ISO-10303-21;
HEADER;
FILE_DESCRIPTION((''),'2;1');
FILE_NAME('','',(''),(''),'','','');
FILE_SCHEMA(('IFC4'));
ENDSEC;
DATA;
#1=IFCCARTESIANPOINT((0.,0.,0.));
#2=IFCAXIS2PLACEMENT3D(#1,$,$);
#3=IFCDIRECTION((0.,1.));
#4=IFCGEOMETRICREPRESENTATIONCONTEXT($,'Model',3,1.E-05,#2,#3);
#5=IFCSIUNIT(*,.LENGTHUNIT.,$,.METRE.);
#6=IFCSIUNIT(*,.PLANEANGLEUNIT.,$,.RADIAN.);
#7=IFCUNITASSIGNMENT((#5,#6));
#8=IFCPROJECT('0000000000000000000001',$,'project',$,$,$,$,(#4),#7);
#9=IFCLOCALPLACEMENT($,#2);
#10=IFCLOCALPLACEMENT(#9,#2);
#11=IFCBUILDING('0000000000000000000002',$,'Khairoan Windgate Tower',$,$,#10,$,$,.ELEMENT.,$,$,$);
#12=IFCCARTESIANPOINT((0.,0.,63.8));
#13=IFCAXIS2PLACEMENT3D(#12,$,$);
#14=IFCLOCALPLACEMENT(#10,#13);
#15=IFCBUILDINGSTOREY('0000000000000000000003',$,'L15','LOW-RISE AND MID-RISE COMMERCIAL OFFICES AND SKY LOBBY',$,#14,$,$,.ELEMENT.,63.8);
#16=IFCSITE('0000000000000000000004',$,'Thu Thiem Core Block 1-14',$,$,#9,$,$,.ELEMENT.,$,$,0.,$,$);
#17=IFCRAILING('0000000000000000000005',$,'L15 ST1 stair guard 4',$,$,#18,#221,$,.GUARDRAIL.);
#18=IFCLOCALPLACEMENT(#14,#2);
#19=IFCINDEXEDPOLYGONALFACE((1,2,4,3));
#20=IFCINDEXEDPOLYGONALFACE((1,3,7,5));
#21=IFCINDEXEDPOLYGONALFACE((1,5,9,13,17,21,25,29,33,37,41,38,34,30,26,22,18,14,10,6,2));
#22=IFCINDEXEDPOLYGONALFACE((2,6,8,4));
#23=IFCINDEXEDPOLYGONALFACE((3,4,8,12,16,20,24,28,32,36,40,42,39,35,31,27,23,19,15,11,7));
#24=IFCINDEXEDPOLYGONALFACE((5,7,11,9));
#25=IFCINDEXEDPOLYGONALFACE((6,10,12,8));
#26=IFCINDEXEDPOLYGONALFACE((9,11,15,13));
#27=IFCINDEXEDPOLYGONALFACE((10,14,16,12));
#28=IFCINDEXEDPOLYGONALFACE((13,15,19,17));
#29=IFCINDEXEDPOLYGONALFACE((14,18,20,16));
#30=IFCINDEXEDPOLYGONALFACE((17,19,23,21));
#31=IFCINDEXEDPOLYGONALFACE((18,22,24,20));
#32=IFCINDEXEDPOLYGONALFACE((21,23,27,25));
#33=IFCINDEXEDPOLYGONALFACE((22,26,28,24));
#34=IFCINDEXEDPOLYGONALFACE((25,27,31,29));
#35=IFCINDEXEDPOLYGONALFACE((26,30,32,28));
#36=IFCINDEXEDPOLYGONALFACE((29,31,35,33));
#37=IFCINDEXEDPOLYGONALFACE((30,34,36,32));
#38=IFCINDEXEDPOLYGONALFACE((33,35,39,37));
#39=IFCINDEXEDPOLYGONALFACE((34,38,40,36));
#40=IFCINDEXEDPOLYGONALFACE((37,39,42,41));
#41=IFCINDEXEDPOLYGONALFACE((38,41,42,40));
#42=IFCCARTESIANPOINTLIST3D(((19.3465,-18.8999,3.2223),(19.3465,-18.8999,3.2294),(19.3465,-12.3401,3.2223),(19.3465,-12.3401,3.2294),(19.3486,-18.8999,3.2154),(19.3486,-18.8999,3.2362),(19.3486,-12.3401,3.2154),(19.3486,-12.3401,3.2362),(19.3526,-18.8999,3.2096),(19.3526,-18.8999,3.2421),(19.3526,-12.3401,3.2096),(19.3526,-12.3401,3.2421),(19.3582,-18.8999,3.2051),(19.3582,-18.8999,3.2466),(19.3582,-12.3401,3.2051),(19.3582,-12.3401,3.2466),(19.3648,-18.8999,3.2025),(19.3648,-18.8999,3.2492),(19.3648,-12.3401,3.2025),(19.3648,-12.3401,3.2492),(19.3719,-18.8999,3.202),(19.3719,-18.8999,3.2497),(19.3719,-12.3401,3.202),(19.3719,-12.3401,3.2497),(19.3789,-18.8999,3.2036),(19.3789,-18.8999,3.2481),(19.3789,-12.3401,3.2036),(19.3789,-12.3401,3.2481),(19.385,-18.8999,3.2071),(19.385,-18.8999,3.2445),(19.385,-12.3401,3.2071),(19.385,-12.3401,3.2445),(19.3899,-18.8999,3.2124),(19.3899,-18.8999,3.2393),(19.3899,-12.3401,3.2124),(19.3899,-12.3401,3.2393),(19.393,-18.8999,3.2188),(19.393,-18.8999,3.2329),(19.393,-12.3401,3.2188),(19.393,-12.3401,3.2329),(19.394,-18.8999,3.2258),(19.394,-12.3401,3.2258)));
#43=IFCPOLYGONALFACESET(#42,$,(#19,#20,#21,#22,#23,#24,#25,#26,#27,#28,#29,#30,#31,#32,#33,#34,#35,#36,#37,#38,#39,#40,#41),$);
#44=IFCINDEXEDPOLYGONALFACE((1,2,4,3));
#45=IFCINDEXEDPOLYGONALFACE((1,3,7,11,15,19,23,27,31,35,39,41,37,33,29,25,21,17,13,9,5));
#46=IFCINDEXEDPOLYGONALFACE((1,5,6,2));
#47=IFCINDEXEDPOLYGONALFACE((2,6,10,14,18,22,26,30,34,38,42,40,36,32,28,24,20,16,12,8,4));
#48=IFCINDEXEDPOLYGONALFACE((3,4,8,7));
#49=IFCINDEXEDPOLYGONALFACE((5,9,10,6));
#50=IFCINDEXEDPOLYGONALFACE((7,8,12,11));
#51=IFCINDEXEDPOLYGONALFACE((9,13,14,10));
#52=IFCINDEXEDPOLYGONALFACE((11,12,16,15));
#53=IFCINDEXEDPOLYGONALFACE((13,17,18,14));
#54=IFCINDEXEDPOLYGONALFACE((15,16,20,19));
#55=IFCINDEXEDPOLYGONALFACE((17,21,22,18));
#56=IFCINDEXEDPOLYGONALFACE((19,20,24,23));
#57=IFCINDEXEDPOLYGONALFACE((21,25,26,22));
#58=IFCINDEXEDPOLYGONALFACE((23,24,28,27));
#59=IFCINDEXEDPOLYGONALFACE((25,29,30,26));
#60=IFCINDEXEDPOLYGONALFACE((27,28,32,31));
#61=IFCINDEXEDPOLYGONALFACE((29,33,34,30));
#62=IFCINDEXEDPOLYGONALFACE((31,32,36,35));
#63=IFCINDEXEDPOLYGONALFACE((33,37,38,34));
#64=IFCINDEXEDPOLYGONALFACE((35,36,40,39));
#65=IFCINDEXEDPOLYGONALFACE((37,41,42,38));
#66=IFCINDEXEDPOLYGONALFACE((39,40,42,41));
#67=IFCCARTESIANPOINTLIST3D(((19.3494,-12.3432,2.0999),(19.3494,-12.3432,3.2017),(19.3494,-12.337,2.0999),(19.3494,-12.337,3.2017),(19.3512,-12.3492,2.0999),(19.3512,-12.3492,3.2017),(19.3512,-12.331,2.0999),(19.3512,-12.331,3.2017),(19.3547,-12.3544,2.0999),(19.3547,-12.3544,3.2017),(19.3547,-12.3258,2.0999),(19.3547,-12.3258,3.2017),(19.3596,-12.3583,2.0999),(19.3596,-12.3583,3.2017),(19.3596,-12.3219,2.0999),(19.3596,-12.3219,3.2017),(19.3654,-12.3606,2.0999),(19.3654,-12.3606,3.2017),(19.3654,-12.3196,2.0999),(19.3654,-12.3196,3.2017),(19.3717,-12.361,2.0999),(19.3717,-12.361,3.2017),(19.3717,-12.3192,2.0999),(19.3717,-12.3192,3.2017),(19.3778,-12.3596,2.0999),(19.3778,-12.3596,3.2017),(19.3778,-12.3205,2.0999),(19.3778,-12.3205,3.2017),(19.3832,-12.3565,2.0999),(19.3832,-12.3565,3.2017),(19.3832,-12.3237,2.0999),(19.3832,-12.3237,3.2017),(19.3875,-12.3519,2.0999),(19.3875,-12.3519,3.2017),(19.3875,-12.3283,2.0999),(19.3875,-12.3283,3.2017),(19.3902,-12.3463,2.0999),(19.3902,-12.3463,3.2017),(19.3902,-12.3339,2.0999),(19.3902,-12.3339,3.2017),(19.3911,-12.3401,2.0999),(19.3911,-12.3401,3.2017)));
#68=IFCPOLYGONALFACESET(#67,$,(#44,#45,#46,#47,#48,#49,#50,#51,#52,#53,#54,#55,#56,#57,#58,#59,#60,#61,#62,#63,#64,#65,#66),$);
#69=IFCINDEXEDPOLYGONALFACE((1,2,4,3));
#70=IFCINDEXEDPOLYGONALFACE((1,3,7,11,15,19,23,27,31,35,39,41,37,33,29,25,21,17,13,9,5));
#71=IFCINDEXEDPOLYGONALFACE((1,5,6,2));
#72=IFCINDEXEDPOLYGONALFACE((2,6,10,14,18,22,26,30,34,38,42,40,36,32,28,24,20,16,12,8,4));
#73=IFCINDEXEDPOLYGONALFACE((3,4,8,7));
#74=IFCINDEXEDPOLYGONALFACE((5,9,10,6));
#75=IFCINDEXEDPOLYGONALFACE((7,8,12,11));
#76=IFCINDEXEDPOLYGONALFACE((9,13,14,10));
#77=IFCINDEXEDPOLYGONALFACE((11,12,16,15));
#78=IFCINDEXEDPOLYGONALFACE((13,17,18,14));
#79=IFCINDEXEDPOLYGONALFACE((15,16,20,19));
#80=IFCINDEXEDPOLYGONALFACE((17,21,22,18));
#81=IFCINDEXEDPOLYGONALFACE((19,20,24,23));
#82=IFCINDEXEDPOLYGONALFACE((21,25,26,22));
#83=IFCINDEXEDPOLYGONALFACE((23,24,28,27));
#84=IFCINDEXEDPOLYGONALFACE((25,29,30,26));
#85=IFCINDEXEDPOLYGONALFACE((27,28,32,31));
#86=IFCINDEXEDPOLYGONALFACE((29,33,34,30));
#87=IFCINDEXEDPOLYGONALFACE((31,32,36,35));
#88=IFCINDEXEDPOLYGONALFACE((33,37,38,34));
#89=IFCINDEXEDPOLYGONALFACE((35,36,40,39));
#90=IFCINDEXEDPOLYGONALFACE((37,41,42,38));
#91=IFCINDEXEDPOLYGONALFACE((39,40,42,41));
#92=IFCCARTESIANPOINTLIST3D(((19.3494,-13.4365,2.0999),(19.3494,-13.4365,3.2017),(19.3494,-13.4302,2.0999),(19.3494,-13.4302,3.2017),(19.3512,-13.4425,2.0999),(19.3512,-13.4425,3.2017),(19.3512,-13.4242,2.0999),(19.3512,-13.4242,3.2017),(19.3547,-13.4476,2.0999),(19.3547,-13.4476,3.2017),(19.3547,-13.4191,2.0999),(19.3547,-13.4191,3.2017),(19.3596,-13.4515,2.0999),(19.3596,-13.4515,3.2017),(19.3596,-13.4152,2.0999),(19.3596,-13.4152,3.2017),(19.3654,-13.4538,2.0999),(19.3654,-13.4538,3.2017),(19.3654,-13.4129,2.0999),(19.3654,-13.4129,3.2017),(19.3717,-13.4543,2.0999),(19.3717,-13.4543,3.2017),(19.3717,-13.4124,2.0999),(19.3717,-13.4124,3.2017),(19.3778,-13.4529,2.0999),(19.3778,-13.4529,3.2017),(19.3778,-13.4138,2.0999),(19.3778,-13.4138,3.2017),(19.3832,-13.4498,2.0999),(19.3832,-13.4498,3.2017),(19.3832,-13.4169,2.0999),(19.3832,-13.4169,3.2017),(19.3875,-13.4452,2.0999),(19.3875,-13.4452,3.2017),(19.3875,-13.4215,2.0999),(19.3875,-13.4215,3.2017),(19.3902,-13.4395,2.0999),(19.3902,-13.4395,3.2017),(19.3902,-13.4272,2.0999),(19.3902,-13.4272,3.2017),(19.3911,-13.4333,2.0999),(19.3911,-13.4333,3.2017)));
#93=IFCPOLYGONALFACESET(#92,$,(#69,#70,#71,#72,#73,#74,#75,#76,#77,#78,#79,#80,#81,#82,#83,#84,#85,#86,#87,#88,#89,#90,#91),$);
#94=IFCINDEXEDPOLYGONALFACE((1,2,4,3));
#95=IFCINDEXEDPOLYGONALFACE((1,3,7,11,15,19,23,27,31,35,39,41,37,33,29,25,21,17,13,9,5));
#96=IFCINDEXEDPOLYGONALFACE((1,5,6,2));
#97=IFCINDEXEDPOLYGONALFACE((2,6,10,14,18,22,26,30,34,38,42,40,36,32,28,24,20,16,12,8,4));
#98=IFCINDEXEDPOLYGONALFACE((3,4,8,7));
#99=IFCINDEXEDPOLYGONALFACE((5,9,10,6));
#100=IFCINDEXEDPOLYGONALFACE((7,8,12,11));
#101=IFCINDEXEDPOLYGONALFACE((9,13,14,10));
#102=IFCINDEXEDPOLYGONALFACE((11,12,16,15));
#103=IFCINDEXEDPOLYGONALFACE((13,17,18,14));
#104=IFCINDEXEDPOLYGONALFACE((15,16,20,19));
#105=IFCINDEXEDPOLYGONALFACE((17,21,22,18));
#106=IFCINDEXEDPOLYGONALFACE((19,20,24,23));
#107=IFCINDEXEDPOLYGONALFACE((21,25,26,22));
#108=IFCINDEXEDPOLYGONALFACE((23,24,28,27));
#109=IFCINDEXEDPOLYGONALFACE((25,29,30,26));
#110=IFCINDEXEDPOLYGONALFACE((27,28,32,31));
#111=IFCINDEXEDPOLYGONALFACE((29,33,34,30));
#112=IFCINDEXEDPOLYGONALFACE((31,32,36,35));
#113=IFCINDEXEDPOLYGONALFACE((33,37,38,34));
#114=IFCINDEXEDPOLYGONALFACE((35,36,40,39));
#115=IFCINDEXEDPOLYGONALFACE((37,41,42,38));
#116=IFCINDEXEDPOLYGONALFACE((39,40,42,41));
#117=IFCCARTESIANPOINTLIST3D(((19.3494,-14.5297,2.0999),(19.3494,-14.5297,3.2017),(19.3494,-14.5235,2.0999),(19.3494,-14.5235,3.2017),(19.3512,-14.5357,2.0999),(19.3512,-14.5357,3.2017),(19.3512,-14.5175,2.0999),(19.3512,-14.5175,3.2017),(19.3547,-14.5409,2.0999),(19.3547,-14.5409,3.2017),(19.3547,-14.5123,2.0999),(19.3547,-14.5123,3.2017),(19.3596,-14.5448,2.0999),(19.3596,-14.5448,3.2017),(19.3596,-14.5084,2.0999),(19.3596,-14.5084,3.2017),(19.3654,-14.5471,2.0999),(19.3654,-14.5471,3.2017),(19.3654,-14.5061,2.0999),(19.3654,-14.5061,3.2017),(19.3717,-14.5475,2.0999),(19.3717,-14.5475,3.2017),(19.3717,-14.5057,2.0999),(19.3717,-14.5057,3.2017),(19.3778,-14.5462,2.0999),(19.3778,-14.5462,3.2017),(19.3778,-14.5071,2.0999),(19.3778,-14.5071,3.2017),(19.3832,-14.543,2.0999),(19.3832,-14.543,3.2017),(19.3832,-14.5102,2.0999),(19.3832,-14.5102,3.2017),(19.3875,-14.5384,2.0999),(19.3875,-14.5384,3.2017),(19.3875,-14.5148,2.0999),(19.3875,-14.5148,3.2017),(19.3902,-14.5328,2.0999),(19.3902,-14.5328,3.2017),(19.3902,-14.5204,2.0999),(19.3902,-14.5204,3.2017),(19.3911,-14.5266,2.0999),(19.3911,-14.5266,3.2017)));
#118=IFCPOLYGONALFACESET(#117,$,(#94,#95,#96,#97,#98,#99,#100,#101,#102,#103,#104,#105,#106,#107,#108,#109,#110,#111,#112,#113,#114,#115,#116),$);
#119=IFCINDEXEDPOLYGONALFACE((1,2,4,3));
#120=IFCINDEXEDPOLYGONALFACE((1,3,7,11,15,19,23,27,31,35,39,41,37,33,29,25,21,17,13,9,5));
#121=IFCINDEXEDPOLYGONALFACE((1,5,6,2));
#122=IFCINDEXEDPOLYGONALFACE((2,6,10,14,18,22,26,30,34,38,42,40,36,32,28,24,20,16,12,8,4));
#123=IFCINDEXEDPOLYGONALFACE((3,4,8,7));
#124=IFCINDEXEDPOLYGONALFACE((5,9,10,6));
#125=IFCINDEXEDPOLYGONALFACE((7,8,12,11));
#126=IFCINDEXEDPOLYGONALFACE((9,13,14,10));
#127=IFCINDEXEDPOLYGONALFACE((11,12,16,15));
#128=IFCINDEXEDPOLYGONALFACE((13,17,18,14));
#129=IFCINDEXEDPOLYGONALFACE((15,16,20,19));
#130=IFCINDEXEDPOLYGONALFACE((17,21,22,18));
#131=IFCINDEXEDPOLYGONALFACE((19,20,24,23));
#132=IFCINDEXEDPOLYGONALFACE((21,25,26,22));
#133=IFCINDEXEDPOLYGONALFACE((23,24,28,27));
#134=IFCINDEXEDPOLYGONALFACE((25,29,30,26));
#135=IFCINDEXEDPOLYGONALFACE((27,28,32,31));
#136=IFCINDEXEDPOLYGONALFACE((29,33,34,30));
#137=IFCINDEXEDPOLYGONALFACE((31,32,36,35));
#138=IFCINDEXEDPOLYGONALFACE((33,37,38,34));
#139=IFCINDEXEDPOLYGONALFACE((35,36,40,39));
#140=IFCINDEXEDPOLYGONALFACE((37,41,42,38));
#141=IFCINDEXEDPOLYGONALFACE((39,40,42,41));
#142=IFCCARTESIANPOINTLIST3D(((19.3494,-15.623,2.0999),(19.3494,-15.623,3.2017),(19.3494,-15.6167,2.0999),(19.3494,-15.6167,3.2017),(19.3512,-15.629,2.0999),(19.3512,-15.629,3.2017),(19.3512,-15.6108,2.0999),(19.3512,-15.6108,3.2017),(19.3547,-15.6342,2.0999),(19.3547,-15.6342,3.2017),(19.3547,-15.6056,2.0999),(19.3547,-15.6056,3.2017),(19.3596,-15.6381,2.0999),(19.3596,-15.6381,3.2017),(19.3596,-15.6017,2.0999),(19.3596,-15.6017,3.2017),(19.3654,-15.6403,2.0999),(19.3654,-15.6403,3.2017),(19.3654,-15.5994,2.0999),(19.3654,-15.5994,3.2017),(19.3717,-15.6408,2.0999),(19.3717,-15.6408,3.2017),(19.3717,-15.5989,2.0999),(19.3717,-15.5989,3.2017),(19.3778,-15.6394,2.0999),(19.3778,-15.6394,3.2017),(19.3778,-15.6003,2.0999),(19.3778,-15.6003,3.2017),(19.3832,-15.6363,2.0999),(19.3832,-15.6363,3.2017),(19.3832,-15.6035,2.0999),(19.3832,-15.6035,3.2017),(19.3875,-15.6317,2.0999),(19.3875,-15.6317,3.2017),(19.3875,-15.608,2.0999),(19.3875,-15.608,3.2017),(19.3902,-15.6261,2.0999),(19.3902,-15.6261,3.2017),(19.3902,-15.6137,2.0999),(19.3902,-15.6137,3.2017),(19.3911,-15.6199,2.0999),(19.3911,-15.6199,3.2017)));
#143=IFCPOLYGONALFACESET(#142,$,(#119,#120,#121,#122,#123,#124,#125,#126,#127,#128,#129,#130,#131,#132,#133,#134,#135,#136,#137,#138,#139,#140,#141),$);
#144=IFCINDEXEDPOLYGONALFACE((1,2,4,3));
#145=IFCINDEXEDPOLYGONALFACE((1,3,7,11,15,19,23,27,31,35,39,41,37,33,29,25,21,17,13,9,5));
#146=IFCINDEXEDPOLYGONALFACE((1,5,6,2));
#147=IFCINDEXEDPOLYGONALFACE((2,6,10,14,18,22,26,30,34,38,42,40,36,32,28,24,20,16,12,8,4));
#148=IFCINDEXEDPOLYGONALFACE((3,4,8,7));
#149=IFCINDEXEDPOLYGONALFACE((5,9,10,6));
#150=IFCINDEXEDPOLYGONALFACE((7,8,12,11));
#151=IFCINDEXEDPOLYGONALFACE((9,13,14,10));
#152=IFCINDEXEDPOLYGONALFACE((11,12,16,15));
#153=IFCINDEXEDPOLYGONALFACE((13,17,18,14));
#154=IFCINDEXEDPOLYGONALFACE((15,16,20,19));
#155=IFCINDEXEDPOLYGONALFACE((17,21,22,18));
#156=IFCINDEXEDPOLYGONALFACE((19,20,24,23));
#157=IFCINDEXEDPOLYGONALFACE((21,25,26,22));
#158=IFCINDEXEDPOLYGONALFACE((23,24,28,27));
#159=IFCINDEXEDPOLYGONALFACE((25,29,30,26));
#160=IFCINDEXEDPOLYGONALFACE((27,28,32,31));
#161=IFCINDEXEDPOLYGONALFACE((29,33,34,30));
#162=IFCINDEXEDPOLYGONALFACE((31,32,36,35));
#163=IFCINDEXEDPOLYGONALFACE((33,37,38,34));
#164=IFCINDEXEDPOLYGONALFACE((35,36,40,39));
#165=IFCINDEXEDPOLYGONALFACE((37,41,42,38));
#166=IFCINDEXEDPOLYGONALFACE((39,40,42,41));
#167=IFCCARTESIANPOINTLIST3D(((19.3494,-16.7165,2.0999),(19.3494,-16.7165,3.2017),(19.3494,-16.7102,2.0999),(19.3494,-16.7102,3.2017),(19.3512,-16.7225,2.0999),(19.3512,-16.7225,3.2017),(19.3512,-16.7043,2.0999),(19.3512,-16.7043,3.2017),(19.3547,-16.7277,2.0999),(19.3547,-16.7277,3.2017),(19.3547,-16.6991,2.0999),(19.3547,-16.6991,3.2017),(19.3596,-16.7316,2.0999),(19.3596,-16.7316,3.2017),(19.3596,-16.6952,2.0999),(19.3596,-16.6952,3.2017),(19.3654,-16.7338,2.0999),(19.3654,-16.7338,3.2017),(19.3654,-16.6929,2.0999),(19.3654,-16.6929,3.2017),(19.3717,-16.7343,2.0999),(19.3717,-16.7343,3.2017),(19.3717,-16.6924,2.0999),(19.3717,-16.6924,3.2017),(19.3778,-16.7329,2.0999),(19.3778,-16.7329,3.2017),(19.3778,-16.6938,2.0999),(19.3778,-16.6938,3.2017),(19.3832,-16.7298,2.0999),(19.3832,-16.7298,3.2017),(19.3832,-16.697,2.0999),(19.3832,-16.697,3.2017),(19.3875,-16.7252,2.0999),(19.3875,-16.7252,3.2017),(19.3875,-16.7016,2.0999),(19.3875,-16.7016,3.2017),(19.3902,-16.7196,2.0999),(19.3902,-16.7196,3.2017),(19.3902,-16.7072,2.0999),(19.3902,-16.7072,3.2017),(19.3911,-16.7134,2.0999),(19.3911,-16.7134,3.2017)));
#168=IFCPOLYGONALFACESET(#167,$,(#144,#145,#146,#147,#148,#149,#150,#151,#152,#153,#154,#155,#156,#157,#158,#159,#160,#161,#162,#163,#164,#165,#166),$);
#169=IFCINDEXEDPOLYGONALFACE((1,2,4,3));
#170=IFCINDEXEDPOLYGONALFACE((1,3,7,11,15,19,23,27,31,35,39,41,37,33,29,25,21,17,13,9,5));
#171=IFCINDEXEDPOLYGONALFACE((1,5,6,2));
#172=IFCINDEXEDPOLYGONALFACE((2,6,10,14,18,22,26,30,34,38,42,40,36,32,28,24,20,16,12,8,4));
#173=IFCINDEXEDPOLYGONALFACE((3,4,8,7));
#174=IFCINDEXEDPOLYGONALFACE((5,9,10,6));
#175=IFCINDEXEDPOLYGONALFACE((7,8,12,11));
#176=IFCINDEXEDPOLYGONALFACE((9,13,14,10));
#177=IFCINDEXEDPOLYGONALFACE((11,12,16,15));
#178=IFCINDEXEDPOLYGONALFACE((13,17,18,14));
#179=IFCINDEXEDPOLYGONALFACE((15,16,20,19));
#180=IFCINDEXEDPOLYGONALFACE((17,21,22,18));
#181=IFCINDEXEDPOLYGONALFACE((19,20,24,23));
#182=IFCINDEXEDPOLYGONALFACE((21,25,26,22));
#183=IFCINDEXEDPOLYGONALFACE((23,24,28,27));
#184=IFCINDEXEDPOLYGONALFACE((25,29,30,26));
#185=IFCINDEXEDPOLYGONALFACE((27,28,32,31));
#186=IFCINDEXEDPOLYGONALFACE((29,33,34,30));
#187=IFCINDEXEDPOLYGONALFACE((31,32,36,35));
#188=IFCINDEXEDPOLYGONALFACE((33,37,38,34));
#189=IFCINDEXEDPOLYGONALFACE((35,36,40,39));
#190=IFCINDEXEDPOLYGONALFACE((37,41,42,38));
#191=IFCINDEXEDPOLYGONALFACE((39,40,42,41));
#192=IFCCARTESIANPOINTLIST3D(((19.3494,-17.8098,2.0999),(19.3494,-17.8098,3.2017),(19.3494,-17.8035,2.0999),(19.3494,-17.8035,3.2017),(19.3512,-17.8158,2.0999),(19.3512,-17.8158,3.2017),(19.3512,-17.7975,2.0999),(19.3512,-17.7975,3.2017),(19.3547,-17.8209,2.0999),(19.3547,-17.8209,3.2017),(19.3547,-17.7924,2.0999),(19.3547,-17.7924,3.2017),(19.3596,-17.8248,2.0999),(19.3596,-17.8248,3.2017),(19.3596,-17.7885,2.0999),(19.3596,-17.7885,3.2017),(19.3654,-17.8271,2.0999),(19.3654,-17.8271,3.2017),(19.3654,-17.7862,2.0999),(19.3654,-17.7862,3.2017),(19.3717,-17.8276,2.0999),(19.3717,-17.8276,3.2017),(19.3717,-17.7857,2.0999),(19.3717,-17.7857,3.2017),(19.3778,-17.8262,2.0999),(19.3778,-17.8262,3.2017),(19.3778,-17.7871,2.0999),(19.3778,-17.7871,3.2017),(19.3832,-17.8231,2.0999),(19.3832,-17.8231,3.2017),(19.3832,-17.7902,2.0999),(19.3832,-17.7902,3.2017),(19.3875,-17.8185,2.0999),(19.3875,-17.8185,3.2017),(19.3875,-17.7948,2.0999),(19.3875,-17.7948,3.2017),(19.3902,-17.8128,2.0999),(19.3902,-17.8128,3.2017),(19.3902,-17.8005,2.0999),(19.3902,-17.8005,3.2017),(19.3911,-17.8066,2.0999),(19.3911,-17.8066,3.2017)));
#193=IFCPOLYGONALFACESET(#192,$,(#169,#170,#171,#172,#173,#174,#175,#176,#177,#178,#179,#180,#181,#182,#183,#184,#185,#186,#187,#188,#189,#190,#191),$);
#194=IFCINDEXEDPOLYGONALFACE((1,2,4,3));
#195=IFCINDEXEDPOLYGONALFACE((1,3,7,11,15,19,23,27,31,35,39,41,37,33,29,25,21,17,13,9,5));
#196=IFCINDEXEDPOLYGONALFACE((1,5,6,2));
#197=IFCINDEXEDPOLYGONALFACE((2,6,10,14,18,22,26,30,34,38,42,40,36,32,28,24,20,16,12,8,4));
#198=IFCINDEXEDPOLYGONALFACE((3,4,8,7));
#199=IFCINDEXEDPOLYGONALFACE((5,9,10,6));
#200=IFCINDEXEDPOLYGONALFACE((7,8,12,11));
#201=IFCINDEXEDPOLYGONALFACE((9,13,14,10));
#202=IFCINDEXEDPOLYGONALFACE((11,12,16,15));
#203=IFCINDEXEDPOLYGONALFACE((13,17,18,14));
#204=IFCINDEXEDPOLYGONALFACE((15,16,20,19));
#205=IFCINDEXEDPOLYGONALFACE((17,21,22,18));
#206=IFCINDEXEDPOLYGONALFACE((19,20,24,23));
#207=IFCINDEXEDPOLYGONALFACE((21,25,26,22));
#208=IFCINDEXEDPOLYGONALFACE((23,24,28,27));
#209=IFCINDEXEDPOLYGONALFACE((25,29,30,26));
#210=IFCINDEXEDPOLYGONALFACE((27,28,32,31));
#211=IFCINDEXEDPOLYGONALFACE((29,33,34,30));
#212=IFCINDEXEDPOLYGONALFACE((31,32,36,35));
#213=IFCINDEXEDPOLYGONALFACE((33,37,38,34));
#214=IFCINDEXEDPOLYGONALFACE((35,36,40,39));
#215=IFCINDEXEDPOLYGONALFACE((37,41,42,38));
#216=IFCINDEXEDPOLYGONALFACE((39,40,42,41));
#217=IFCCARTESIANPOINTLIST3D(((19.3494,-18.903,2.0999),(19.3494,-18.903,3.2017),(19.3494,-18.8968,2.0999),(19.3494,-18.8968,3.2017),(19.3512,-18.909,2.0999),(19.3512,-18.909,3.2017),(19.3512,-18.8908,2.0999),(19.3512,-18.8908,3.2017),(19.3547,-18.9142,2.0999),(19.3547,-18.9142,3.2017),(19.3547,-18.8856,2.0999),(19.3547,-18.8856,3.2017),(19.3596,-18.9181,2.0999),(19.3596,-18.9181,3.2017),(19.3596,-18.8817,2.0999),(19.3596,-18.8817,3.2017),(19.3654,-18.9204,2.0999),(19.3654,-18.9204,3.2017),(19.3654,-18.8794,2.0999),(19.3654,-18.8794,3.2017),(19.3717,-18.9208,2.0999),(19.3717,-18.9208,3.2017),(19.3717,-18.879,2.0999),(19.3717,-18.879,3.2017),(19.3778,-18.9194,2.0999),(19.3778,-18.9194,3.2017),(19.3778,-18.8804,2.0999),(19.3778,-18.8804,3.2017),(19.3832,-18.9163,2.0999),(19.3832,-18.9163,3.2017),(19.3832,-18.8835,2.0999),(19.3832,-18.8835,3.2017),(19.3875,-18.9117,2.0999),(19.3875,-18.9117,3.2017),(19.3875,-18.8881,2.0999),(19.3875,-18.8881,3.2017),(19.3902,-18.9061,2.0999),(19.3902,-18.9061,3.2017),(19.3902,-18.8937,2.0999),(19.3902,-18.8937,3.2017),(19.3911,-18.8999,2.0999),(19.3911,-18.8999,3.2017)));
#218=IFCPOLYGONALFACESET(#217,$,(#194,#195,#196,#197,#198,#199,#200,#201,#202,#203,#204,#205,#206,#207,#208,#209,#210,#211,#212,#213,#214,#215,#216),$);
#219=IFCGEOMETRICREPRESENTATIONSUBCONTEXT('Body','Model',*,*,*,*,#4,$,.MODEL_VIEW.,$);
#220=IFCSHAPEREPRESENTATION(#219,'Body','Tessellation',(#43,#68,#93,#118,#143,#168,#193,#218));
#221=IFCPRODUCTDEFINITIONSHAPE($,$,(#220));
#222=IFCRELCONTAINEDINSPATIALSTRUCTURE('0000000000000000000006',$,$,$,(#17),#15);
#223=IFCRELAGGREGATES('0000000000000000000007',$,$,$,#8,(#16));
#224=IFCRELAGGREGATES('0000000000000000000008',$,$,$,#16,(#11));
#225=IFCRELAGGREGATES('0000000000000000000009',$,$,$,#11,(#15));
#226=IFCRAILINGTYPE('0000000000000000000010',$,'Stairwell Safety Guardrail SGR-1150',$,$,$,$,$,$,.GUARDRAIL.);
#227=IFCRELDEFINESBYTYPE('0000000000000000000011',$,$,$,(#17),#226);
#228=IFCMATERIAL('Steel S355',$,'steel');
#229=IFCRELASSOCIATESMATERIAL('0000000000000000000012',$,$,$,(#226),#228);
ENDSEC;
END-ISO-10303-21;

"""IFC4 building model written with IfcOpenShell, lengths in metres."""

from ifc_helpers import new_model, si_unit, direction, frame, origin, origin_2d, place, context, subcontext, project, spatial, circle, extrude, material, type_object, element, save


model = new_model("IFC4")

# Units and contexts
model_context = context("Model", 3, precision=1e-05, world=origin(), true_north=direction((0.0, 1.0)))
body_context = subcontext(model_context, "Body", "Model", "MODEL_VIEW")
ifc_project = project(units=[si_unit("LENGTHUNIT", "METRE"), si_unit("PLANEANGLEUNIT", "RADIAN")], contexts=[model_context])

# Site, building, storey
site_placement = place(None, origin())
site = spatial("IfcSite", under=ifc_project, at=site_placement, Name="Thu Thiem Core Block 1-14", CompositionType="ELEMENT", RefElevation=0.0)
building_placement = place(site_placement, origin())
building = spatial("IfcBuilding", under=site, at=building_placement, Name="Khairoan Windgate Tower", CompositionType="ELEMENT")
storey_placement = place(building_placement, frame((0.0, 0.0, 63.8)))
storey = spatial("IfcBuildingStorey", under=building, at=storey_placement, Name="L15", Description="LOW-RISE AND MID-RISE COMMERCIAL OFFICES AND SKY LOBBY", CompositionType="ELEMENT", Elevation=63.8)

# Railing
ifc_material_1 = material(Name="Steel S355", Category="steel")
railing_type_1 = type_object("IfcRailingType", Name="Stairwell Safety Guardrail SGR-1150", PredefinedType="GUARDRAIL", material=ifc_material_1)
railing_1_placement = place(storey_placement, frame((19.3701, -12.3401, 2.0999)))
element("IfcRailing", 1, at=railing_1_placement, inside=storey, type_object=railing_type_1, Name="L15 ST1 stair guard 4", PredefinedType="GUARDRAIL", context=body_context, shape_type="SweptSolid", body=[
    extrude(circle(Radius=0.0239, at=origin_2d()), frame((0.0, 0.0, 1.126), z_axis=(0.0, -1.0, 0.0), x_axis=(1.0, 0.0, 0.0)), (0.0, 0.0, 1.0), 6.5598),
    extrude(circle(Radius=0.021, at=origin_2d()), origin(), (0.0, 0.0, 1.0), 1.1018),
    extrude(circle(Radius=0.021, at=origin_2d()), frame((0.0, -1.0933, 0.0)), (0.0, 0.0, 1.0), 1.1018),
    extrude(circle(Radius=0.021, at=origin_2d()), frame((0.0, -2.1865, 0.0)), (0.0, 0.0, 1.0), 1.1018),
    extrude(circle(Radius=0.021, at=origin_2d()), frame((0.0, -3.2798, 0.0)), (0.0, 0.0, 1.0), 1.1018),
    extrude(circle(Radius=0.021, at=origin_2d()), frame((0.0, -4.3733, 0.0)), (0.0, 0.0, 1.0), 1.1018),
    extrude(circle(Radius=0.021, at=origin_2d()), frame((0.0, -5.4666, 0.0)), (0.0, 0.0, 1.0), 1.1018),
    extrude(circle(Radius=0.021, at=origin_2d()), frame((0.0, -6.5598, 0.0)), (0.0, 0.0, 1.0), 1.1018),
])

save(model, "model.ifc")
